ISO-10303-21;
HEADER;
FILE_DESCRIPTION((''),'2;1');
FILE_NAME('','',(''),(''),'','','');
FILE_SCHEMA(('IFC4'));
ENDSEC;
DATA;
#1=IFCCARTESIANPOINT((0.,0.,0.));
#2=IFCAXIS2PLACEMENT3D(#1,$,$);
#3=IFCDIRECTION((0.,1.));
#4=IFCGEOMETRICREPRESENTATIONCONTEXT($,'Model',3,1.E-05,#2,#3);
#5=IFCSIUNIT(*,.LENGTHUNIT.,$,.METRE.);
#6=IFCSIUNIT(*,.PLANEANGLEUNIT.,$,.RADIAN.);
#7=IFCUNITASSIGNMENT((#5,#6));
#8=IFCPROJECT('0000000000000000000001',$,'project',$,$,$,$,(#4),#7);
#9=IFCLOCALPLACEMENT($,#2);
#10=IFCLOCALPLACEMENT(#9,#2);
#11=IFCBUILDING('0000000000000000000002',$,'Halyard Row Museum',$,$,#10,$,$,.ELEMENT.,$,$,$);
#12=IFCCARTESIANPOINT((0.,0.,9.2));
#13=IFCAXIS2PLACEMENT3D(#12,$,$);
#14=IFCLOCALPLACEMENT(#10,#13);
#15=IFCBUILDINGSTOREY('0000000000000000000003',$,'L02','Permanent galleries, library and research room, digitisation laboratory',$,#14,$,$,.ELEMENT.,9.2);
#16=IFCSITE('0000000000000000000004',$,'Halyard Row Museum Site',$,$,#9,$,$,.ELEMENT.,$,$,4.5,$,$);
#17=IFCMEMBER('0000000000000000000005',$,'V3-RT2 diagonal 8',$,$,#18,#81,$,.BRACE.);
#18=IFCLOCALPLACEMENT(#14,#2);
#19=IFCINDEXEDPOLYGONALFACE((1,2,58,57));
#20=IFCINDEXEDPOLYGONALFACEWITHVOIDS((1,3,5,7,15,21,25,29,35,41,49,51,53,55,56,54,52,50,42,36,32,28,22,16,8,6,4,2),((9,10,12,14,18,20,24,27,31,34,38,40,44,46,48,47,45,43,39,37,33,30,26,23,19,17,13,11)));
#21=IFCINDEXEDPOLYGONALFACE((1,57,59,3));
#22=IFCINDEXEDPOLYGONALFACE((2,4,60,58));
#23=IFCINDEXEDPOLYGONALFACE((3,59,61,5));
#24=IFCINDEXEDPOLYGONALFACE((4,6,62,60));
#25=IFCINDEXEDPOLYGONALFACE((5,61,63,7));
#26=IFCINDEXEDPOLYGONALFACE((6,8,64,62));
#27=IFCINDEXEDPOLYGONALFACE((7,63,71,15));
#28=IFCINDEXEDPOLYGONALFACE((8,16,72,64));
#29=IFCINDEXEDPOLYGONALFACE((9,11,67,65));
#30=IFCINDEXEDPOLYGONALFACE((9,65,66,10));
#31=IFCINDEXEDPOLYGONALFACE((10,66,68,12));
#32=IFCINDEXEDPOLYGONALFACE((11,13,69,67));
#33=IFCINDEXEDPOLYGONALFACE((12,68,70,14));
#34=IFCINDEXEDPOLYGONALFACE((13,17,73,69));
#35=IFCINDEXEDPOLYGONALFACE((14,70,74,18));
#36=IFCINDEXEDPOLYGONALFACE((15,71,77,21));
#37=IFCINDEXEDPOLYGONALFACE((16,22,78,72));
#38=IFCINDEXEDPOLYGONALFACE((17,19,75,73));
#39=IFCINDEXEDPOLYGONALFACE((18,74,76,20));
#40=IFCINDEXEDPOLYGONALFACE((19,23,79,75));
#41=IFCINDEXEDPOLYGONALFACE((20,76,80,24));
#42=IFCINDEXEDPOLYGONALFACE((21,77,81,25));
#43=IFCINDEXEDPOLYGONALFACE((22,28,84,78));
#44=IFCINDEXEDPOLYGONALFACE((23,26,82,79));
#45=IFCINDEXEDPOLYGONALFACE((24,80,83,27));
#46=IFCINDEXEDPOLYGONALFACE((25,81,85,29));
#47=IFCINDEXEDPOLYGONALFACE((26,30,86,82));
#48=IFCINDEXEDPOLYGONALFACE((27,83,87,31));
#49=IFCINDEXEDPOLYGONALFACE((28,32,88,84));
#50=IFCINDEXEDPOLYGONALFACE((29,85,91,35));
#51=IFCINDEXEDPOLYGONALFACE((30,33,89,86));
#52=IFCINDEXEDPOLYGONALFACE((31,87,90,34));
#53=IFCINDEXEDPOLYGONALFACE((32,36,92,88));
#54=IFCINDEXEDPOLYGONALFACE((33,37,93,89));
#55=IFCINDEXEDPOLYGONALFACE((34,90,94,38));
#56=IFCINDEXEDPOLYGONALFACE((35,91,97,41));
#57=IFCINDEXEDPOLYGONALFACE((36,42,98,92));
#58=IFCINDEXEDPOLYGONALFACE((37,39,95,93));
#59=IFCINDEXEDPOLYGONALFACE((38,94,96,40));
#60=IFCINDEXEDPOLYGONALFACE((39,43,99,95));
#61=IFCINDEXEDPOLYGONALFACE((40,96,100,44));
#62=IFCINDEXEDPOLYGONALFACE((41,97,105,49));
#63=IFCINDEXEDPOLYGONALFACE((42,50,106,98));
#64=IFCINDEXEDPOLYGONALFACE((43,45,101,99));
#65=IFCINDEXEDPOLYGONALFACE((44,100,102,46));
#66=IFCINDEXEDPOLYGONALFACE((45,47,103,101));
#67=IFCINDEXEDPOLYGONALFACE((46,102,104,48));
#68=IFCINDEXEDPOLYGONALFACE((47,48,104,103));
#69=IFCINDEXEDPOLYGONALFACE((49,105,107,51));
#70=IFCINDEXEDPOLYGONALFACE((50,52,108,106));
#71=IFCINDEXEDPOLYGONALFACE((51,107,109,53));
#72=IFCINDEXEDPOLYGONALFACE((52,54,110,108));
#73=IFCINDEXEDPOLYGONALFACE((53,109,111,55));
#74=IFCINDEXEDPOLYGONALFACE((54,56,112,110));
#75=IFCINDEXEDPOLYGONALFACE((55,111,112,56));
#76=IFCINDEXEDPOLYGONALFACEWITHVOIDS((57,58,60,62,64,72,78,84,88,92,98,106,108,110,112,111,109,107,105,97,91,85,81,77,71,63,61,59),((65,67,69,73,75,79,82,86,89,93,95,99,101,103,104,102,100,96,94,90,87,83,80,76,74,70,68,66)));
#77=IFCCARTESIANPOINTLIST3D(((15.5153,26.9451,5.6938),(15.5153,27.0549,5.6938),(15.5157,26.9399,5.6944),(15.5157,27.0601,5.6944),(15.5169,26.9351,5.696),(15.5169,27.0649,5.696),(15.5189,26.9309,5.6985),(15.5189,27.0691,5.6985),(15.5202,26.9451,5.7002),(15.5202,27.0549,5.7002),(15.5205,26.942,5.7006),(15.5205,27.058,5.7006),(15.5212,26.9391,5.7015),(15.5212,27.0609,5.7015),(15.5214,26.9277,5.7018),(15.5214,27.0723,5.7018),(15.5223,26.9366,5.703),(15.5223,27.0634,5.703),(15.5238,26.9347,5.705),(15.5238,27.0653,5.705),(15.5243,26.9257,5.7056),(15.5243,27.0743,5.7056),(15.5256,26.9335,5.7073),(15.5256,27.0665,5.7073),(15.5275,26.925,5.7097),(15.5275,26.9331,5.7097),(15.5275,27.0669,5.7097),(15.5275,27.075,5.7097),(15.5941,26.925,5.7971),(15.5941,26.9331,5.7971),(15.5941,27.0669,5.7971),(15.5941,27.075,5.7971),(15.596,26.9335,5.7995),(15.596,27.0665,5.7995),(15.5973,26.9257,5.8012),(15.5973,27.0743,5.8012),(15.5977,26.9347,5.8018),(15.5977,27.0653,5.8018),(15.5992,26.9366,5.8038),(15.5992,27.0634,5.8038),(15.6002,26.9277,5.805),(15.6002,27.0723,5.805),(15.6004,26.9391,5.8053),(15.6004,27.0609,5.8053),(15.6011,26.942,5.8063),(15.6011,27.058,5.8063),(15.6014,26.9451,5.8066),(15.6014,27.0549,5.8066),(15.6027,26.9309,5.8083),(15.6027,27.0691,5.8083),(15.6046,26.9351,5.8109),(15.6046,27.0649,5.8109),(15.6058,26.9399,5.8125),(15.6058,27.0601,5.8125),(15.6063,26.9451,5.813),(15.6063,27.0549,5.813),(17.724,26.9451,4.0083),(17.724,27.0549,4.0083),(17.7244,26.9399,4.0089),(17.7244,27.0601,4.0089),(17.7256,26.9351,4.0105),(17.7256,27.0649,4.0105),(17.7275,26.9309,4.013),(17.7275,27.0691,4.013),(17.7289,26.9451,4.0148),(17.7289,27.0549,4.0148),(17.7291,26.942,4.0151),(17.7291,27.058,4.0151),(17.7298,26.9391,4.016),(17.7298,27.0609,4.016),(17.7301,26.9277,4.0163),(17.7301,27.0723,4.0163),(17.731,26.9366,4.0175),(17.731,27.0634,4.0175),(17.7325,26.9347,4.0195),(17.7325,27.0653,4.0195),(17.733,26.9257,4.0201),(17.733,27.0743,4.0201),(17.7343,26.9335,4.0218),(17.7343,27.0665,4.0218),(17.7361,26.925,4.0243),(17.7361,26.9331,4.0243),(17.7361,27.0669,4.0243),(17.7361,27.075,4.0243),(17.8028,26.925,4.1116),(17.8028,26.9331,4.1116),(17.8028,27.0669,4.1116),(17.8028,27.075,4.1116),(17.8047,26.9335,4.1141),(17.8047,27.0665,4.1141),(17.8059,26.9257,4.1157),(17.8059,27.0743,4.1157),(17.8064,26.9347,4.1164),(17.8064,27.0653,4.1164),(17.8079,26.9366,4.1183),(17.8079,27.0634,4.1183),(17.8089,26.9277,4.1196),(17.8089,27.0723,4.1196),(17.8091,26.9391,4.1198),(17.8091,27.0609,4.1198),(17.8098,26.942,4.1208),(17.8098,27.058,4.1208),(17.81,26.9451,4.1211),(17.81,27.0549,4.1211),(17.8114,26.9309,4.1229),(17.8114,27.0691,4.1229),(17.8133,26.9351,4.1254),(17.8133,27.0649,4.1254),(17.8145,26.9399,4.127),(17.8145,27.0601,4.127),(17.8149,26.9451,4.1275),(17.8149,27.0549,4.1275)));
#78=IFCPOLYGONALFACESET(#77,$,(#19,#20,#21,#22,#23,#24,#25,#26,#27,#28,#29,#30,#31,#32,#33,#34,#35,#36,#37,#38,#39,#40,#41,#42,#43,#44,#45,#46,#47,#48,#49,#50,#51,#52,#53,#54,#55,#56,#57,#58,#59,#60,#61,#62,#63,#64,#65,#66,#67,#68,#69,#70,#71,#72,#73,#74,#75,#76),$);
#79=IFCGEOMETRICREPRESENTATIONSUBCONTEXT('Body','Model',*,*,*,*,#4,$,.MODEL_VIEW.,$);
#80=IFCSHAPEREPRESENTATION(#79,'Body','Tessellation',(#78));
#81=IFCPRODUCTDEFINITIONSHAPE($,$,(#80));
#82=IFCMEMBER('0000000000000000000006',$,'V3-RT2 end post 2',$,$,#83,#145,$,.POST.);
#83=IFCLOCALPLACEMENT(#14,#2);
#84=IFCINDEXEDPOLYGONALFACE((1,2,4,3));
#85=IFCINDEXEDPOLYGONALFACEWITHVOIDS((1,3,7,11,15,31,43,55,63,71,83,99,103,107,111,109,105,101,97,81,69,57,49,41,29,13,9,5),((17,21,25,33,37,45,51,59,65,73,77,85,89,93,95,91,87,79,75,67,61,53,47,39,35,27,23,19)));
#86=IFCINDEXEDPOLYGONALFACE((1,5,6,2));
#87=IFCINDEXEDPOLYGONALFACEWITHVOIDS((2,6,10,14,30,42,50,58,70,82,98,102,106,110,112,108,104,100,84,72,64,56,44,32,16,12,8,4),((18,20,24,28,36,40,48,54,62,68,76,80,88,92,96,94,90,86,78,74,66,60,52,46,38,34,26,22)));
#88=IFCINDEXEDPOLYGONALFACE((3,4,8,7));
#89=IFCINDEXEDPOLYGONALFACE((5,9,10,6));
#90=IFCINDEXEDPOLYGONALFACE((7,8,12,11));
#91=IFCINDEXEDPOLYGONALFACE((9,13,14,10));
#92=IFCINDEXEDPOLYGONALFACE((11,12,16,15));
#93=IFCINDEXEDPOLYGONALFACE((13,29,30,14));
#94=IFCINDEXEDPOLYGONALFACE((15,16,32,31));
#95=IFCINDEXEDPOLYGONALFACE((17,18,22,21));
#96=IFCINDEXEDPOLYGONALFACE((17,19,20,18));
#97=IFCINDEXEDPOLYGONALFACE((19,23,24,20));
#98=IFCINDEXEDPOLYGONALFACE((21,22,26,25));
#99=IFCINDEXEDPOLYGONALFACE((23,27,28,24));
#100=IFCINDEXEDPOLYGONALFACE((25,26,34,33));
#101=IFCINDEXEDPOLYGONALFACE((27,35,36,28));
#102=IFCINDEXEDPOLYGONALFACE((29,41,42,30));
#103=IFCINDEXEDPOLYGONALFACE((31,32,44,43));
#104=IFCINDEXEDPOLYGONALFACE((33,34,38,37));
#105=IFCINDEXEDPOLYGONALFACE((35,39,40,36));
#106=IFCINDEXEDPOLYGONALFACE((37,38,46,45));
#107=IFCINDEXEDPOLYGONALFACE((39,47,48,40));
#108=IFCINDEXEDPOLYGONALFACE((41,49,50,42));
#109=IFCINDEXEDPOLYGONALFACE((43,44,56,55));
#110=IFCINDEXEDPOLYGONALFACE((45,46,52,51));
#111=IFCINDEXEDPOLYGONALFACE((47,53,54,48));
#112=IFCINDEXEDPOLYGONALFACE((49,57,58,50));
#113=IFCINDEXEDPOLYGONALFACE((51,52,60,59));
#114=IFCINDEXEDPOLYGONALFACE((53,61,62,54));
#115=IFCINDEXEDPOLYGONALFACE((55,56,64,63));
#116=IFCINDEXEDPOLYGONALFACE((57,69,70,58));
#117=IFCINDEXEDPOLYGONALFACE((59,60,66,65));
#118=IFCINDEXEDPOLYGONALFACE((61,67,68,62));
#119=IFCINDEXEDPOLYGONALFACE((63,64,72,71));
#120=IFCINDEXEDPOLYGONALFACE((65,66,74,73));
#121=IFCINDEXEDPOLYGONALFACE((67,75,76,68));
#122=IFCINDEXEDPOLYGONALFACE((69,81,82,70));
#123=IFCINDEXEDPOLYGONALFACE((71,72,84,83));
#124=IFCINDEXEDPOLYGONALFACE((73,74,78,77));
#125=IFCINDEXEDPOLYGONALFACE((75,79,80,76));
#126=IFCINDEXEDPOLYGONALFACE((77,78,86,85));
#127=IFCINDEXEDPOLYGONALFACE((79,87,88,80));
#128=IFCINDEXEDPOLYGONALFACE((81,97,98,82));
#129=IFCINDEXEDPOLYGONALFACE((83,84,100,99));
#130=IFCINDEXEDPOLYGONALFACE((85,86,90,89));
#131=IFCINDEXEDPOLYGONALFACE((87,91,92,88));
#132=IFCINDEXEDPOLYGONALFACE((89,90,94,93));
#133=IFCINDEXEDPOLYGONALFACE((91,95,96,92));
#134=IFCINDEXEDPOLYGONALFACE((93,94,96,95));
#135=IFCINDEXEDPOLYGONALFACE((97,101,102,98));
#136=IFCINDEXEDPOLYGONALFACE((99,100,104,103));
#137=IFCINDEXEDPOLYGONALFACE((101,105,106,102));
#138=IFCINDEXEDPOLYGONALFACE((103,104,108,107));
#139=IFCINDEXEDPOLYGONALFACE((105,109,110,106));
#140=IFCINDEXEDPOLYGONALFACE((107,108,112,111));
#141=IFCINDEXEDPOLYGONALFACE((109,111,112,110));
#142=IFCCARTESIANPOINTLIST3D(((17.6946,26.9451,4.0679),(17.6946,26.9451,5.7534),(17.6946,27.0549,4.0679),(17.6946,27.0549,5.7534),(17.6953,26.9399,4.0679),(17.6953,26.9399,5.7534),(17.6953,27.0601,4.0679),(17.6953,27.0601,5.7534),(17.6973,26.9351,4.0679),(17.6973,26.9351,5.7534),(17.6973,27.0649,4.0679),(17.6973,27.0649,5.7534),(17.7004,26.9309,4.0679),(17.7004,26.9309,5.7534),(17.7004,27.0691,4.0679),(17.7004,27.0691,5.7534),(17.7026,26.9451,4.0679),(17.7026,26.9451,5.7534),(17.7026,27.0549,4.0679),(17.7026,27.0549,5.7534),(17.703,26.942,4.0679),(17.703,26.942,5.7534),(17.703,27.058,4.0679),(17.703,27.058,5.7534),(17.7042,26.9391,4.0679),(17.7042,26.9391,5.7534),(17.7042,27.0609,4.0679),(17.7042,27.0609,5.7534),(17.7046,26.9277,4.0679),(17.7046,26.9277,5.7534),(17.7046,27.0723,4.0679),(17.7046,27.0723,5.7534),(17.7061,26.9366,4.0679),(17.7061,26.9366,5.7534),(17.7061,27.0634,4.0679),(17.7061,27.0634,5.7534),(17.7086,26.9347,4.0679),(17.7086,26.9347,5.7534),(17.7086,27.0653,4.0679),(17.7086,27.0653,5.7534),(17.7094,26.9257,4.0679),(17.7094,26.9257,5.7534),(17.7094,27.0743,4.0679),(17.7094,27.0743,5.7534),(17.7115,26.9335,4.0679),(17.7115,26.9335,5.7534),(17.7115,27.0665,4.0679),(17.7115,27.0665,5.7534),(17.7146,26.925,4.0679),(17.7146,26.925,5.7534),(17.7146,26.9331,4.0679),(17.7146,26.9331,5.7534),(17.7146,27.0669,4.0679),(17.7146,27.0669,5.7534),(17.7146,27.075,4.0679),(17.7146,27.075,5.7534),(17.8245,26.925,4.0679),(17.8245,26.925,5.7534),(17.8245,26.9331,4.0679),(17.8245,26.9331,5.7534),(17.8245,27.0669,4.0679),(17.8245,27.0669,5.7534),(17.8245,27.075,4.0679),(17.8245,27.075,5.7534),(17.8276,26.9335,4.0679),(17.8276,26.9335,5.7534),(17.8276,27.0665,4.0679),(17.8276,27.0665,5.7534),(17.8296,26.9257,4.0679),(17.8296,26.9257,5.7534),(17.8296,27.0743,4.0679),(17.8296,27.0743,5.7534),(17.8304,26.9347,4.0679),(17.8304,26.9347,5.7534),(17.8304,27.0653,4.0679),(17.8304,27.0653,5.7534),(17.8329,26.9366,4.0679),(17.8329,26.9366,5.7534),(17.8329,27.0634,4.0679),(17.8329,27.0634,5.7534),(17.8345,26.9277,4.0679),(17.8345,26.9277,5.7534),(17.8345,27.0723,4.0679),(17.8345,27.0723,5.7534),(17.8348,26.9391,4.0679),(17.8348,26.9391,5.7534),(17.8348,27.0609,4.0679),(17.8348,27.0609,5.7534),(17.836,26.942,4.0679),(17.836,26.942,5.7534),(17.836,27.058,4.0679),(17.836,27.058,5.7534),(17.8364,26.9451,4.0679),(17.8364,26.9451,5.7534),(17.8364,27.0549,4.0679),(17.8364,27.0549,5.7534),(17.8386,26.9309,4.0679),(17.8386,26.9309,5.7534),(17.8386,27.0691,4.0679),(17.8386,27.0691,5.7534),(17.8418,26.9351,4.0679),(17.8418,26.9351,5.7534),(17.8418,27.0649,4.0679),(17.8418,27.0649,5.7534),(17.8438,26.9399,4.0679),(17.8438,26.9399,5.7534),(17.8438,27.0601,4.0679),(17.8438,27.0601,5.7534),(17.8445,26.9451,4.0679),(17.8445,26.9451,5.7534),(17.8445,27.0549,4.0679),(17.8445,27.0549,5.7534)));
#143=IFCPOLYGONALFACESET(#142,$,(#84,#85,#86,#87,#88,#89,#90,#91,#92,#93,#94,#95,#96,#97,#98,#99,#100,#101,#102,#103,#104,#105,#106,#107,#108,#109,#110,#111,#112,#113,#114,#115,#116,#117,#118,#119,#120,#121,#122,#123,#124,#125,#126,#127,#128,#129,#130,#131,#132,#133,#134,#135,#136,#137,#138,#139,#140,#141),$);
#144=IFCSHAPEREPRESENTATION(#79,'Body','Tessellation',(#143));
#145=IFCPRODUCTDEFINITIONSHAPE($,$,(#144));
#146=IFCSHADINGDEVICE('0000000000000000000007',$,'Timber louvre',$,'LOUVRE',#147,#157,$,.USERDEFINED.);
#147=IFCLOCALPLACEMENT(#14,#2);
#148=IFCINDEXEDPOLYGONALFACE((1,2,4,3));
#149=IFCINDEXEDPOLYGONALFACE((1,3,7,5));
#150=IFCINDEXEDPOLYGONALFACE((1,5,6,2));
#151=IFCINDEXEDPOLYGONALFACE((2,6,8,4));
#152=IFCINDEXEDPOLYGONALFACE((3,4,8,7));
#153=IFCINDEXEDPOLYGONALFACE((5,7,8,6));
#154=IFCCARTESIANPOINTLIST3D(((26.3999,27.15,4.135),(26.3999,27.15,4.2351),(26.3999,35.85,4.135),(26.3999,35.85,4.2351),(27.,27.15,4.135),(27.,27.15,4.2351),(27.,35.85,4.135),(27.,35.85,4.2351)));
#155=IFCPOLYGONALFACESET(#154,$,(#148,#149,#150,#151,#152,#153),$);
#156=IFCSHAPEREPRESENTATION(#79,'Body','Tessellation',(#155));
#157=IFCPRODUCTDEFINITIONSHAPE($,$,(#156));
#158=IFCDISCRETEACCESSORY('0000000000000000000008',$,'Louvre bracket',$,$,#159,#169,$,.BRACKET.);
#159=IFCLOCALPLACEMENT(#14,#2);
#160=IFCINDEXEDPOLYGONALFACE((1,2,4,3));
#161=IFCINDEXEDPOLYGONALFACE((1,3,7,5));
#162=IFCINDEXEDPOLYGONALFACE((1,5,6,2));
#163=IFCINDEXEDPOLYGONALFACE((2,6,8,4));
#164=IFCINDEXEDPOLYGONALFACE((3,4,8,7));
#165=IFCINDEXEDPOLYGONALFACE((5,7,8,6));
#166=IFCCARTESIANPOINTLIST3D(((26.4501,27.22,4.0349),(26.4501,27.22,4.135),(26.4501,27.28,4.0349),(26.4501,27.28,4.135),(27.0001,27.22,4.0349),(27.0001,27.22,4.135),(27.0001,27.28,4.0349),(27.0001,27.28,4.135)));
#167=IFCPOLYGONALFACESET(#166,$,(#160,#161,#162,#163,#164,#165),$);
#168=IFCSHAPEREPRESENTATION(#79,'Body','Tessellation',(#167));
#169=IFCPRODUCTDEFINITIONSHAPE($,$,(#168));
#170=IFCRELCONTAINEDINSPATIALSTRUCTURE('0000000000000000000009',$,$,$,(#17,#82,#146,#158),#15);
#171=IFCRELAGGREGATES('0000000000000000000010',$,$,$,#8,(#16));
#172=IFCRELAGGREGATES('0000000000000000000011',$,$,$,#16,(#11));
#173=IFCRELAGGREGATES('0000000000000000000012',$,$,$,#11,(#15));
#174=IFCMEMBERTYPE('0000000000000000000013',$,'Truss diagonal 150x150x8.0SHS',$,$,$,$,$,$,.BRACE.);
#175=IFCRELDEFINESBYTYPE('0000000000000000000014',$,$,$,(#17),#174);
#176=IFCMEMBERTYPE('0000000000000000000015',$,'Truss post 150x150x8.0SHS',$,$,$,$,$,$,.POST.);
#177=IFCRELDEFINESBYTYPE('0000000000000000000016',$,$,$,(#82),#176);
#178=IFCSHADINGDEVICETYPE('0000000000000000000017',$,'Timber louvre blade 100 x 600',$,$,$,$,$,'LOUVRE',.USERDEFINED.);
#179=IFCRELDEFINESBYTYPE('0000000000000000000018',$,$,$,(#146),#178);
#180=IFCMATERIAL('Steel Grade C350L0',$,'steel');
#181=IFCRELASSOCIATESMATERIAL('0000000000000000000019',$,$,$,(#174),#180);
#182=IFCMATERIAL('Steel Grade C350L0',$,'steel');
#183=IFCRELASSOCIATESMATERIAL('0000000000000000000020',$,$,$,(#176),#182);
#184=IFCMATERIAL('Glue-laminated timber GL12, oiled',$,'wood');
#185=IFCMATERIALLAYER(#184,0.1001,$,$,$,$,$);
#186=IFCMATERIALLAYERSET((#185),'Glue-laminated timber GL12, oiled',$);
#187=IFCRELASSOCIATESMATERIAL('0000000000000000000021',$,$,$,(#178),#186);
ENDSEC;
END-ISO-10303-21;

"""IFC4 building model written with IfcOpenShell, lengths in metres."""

from ifc_helpers import new_model, si_unit, direction, frame, origin, origin_2d, place, context, subcontext, project, spatial, rectangle, hollow_rectangle, extrude, material, layer, layer_set, material_profile, profile_set, type_object, element, save


model = new_model("IFC4")

# Units and contexts
model_context = context("Model", 3, precision=1e-05, world=origin(), true_north=direction((0.0, 1.0)))
body_context = subcontext(model_context, "Body", "Model", "MODEL_VIEW")
ifc_project = project(units=[si_unit("LENGTHUNIT", "METRE"), si_unit("PLANEANGLEUNIT", "RADIAN")], contexts=[model_context])

# Site, building, storey
site_placement = place(None, origin())
site = spatial("IfcSite", under=ifc_project, at=site_placement, Name="Halyard Row Museum Site", CompositionType="ELEMENT", RefElevation=4.5)
building_placement = place(site_placement, origin())
building = spatial("IfcBuilding", under=site, at=building_placement, Name="Halyard Row Museum", CompositionType="ELEMENT")
storey_placement = place(building_placement, frame((0.0, 0.0, 9.2)))
storey = spatial("IfcBuildingStorey", under=building, at=storey_placement, Name="L02", Description="Permanent galleries, library and research room, digitisation laboratory", CompositionType="ELEMENT", Elevation=9.2)

# Members
ifc_material_1 = material(Name="Steel Grade C350L0", Category="steel")
ifc_material_profile_1 = material_profile(ifc_material_1, hollow_rectangle(XDim=0.1499, YDim=0.1499, WallThickness=0.0081, InnerFilletRadius=0.012, OuterFilletRadius=0.02, at=origin_2d()), Name="150x150x8.0SHS")
ifc_profile_set_1 = profile_set([ifc_material_profile_1], Name="Steel Grade C350L0")
member_type_1 = type_object("IfcMemberType", Name="Truss diagonal 150x150x8.0SHS", PredefinedType="BRACE", material=ifc_profile_set_1)
for number, where, z_axis, x_axis, name in (
    (1, (15.5608, 27.0, 5.7534), (0.794964, 0.0, -0.606657), (0.0, 1.0, 0.0), "V3-RT2 diagonal 8"),
):
    element("IfcMember", number, at=place(storey_placement, frame(where, z_axis=z_axis, x_axis=x_axis)), inside=storey, type_object=member_type_1, Name=name, PredefinedType="BRACE", context=body_context, shape_type="SweptSolid", body=[
        extrude(hollow_rectangle(XDim=0.1499, YDim=0.1499, WallThickness=0.0081, InnerFilletRadius=0.012, OuterFilletRadius=0.02, at=origin_2d()), origin(), (0.0, 0.0, 1.0), 2.7783),
    ])
ifc_material_2 = material(Name="Steel Grade C350L0", Category="steel")
ifc_material_profile_2 = material_profile(ifc_material_2, hollow_rectangle(XDim=0.1499, YDim=0.1499, WallThickness=0.0081, InnerFilletRadius=0.012, OuterFilletRadius=0.02, at=origin_2d()), Name="150x150x8.0SHS")
ifc_profile_set_2 = profile_set([ifc_material_profile_2], Name="Steel Grade C350L0")
member_type_2 = type_object("IfcMemberType", Name="Truss post 150x150x8.0SHS", PredefinedType="POST", material=ifc_profile_set_2)
member_1_placement = place(storey_placement, frame((17.7695, 27.0, 4.0679), z_axis=(0.0, 0.0, 1.0), x_axis=(1.0, 0.0, 0.0)))
element("IfcMember", 2, at=member_1_placement, inside=storey, type_object=member_type_2, Name="V3-RT2 end post 2", PredefinedType="POST", context=body_context, shape_type="SweptSolid", body=[
    extrude(hollow_rectangle(XDim=0.1499, YDim=0.1499, WallThickness=0.0081, InnerFilletRadius=0.012, OuterFilletRadius=0.02, at=origin_2d()), origin(), (0.0, 0.0, 1.0), 1.6855),
])

# Shading device
ifc_material_3 = material(Name="Glue-laminated timber GL12, oiled", Category="wood")
ifc_layer = layer(ifc_material_3, 0.1001)
ifc_layer_set = layer_set([ifc_layer], Name="Glue-laminated timber GL12, oiled")
shading_device_type = type_object("IfcShadingDeviceType", Name="Timber louvre blade 100 x 600", ElementType="LOUVRE", PredefinedType="USERDEFINED", material=ifc_layer_set)
shading_device_placement = place(storey_placement, frame((26.7, 31.5, 4.135), z_axis=(0.0, 0.0, 1.0), x_axis=(1.0, 0.0, 0.0)))
element("IfcShadingDevice", 3, at=shading_device_placement, inside=storey, type_object=shading_device_type, Name="Timber louvre", ObjectType="LOUVRE", PredefinedType="USERDEFINED", context=body_context, shape_type="SweptSolid", body=[
    extrude(rectangle(XDim=0.6001, YDim=8.7, at=origin_2d()), origin(), (0.0, 0.0, 1.0), 0.1001),
])

# Discrete accessory
discrete_accessory_placement = place(storey_placement, frame((26.7251, 27.25, 4.0349), z_axis=(0.0, 0.0, 1.0), x_axis=(1.0, 0.0, 0.0)))
element("IfcDiscreteAccessory", 4, at=discrete_accessory_placement, inside=storey, Name="Louvre bracket", PredefinedType="BRACKET", context=body_context, shape_type="SweptSolid", body=[
    extrude(rectangle(XDim=0.55, YDim=0.0601, at=origin_2d()), origin(), (0.0, 0.0, 1.0), 0.1001),
])

save(model, "model.ifc")
